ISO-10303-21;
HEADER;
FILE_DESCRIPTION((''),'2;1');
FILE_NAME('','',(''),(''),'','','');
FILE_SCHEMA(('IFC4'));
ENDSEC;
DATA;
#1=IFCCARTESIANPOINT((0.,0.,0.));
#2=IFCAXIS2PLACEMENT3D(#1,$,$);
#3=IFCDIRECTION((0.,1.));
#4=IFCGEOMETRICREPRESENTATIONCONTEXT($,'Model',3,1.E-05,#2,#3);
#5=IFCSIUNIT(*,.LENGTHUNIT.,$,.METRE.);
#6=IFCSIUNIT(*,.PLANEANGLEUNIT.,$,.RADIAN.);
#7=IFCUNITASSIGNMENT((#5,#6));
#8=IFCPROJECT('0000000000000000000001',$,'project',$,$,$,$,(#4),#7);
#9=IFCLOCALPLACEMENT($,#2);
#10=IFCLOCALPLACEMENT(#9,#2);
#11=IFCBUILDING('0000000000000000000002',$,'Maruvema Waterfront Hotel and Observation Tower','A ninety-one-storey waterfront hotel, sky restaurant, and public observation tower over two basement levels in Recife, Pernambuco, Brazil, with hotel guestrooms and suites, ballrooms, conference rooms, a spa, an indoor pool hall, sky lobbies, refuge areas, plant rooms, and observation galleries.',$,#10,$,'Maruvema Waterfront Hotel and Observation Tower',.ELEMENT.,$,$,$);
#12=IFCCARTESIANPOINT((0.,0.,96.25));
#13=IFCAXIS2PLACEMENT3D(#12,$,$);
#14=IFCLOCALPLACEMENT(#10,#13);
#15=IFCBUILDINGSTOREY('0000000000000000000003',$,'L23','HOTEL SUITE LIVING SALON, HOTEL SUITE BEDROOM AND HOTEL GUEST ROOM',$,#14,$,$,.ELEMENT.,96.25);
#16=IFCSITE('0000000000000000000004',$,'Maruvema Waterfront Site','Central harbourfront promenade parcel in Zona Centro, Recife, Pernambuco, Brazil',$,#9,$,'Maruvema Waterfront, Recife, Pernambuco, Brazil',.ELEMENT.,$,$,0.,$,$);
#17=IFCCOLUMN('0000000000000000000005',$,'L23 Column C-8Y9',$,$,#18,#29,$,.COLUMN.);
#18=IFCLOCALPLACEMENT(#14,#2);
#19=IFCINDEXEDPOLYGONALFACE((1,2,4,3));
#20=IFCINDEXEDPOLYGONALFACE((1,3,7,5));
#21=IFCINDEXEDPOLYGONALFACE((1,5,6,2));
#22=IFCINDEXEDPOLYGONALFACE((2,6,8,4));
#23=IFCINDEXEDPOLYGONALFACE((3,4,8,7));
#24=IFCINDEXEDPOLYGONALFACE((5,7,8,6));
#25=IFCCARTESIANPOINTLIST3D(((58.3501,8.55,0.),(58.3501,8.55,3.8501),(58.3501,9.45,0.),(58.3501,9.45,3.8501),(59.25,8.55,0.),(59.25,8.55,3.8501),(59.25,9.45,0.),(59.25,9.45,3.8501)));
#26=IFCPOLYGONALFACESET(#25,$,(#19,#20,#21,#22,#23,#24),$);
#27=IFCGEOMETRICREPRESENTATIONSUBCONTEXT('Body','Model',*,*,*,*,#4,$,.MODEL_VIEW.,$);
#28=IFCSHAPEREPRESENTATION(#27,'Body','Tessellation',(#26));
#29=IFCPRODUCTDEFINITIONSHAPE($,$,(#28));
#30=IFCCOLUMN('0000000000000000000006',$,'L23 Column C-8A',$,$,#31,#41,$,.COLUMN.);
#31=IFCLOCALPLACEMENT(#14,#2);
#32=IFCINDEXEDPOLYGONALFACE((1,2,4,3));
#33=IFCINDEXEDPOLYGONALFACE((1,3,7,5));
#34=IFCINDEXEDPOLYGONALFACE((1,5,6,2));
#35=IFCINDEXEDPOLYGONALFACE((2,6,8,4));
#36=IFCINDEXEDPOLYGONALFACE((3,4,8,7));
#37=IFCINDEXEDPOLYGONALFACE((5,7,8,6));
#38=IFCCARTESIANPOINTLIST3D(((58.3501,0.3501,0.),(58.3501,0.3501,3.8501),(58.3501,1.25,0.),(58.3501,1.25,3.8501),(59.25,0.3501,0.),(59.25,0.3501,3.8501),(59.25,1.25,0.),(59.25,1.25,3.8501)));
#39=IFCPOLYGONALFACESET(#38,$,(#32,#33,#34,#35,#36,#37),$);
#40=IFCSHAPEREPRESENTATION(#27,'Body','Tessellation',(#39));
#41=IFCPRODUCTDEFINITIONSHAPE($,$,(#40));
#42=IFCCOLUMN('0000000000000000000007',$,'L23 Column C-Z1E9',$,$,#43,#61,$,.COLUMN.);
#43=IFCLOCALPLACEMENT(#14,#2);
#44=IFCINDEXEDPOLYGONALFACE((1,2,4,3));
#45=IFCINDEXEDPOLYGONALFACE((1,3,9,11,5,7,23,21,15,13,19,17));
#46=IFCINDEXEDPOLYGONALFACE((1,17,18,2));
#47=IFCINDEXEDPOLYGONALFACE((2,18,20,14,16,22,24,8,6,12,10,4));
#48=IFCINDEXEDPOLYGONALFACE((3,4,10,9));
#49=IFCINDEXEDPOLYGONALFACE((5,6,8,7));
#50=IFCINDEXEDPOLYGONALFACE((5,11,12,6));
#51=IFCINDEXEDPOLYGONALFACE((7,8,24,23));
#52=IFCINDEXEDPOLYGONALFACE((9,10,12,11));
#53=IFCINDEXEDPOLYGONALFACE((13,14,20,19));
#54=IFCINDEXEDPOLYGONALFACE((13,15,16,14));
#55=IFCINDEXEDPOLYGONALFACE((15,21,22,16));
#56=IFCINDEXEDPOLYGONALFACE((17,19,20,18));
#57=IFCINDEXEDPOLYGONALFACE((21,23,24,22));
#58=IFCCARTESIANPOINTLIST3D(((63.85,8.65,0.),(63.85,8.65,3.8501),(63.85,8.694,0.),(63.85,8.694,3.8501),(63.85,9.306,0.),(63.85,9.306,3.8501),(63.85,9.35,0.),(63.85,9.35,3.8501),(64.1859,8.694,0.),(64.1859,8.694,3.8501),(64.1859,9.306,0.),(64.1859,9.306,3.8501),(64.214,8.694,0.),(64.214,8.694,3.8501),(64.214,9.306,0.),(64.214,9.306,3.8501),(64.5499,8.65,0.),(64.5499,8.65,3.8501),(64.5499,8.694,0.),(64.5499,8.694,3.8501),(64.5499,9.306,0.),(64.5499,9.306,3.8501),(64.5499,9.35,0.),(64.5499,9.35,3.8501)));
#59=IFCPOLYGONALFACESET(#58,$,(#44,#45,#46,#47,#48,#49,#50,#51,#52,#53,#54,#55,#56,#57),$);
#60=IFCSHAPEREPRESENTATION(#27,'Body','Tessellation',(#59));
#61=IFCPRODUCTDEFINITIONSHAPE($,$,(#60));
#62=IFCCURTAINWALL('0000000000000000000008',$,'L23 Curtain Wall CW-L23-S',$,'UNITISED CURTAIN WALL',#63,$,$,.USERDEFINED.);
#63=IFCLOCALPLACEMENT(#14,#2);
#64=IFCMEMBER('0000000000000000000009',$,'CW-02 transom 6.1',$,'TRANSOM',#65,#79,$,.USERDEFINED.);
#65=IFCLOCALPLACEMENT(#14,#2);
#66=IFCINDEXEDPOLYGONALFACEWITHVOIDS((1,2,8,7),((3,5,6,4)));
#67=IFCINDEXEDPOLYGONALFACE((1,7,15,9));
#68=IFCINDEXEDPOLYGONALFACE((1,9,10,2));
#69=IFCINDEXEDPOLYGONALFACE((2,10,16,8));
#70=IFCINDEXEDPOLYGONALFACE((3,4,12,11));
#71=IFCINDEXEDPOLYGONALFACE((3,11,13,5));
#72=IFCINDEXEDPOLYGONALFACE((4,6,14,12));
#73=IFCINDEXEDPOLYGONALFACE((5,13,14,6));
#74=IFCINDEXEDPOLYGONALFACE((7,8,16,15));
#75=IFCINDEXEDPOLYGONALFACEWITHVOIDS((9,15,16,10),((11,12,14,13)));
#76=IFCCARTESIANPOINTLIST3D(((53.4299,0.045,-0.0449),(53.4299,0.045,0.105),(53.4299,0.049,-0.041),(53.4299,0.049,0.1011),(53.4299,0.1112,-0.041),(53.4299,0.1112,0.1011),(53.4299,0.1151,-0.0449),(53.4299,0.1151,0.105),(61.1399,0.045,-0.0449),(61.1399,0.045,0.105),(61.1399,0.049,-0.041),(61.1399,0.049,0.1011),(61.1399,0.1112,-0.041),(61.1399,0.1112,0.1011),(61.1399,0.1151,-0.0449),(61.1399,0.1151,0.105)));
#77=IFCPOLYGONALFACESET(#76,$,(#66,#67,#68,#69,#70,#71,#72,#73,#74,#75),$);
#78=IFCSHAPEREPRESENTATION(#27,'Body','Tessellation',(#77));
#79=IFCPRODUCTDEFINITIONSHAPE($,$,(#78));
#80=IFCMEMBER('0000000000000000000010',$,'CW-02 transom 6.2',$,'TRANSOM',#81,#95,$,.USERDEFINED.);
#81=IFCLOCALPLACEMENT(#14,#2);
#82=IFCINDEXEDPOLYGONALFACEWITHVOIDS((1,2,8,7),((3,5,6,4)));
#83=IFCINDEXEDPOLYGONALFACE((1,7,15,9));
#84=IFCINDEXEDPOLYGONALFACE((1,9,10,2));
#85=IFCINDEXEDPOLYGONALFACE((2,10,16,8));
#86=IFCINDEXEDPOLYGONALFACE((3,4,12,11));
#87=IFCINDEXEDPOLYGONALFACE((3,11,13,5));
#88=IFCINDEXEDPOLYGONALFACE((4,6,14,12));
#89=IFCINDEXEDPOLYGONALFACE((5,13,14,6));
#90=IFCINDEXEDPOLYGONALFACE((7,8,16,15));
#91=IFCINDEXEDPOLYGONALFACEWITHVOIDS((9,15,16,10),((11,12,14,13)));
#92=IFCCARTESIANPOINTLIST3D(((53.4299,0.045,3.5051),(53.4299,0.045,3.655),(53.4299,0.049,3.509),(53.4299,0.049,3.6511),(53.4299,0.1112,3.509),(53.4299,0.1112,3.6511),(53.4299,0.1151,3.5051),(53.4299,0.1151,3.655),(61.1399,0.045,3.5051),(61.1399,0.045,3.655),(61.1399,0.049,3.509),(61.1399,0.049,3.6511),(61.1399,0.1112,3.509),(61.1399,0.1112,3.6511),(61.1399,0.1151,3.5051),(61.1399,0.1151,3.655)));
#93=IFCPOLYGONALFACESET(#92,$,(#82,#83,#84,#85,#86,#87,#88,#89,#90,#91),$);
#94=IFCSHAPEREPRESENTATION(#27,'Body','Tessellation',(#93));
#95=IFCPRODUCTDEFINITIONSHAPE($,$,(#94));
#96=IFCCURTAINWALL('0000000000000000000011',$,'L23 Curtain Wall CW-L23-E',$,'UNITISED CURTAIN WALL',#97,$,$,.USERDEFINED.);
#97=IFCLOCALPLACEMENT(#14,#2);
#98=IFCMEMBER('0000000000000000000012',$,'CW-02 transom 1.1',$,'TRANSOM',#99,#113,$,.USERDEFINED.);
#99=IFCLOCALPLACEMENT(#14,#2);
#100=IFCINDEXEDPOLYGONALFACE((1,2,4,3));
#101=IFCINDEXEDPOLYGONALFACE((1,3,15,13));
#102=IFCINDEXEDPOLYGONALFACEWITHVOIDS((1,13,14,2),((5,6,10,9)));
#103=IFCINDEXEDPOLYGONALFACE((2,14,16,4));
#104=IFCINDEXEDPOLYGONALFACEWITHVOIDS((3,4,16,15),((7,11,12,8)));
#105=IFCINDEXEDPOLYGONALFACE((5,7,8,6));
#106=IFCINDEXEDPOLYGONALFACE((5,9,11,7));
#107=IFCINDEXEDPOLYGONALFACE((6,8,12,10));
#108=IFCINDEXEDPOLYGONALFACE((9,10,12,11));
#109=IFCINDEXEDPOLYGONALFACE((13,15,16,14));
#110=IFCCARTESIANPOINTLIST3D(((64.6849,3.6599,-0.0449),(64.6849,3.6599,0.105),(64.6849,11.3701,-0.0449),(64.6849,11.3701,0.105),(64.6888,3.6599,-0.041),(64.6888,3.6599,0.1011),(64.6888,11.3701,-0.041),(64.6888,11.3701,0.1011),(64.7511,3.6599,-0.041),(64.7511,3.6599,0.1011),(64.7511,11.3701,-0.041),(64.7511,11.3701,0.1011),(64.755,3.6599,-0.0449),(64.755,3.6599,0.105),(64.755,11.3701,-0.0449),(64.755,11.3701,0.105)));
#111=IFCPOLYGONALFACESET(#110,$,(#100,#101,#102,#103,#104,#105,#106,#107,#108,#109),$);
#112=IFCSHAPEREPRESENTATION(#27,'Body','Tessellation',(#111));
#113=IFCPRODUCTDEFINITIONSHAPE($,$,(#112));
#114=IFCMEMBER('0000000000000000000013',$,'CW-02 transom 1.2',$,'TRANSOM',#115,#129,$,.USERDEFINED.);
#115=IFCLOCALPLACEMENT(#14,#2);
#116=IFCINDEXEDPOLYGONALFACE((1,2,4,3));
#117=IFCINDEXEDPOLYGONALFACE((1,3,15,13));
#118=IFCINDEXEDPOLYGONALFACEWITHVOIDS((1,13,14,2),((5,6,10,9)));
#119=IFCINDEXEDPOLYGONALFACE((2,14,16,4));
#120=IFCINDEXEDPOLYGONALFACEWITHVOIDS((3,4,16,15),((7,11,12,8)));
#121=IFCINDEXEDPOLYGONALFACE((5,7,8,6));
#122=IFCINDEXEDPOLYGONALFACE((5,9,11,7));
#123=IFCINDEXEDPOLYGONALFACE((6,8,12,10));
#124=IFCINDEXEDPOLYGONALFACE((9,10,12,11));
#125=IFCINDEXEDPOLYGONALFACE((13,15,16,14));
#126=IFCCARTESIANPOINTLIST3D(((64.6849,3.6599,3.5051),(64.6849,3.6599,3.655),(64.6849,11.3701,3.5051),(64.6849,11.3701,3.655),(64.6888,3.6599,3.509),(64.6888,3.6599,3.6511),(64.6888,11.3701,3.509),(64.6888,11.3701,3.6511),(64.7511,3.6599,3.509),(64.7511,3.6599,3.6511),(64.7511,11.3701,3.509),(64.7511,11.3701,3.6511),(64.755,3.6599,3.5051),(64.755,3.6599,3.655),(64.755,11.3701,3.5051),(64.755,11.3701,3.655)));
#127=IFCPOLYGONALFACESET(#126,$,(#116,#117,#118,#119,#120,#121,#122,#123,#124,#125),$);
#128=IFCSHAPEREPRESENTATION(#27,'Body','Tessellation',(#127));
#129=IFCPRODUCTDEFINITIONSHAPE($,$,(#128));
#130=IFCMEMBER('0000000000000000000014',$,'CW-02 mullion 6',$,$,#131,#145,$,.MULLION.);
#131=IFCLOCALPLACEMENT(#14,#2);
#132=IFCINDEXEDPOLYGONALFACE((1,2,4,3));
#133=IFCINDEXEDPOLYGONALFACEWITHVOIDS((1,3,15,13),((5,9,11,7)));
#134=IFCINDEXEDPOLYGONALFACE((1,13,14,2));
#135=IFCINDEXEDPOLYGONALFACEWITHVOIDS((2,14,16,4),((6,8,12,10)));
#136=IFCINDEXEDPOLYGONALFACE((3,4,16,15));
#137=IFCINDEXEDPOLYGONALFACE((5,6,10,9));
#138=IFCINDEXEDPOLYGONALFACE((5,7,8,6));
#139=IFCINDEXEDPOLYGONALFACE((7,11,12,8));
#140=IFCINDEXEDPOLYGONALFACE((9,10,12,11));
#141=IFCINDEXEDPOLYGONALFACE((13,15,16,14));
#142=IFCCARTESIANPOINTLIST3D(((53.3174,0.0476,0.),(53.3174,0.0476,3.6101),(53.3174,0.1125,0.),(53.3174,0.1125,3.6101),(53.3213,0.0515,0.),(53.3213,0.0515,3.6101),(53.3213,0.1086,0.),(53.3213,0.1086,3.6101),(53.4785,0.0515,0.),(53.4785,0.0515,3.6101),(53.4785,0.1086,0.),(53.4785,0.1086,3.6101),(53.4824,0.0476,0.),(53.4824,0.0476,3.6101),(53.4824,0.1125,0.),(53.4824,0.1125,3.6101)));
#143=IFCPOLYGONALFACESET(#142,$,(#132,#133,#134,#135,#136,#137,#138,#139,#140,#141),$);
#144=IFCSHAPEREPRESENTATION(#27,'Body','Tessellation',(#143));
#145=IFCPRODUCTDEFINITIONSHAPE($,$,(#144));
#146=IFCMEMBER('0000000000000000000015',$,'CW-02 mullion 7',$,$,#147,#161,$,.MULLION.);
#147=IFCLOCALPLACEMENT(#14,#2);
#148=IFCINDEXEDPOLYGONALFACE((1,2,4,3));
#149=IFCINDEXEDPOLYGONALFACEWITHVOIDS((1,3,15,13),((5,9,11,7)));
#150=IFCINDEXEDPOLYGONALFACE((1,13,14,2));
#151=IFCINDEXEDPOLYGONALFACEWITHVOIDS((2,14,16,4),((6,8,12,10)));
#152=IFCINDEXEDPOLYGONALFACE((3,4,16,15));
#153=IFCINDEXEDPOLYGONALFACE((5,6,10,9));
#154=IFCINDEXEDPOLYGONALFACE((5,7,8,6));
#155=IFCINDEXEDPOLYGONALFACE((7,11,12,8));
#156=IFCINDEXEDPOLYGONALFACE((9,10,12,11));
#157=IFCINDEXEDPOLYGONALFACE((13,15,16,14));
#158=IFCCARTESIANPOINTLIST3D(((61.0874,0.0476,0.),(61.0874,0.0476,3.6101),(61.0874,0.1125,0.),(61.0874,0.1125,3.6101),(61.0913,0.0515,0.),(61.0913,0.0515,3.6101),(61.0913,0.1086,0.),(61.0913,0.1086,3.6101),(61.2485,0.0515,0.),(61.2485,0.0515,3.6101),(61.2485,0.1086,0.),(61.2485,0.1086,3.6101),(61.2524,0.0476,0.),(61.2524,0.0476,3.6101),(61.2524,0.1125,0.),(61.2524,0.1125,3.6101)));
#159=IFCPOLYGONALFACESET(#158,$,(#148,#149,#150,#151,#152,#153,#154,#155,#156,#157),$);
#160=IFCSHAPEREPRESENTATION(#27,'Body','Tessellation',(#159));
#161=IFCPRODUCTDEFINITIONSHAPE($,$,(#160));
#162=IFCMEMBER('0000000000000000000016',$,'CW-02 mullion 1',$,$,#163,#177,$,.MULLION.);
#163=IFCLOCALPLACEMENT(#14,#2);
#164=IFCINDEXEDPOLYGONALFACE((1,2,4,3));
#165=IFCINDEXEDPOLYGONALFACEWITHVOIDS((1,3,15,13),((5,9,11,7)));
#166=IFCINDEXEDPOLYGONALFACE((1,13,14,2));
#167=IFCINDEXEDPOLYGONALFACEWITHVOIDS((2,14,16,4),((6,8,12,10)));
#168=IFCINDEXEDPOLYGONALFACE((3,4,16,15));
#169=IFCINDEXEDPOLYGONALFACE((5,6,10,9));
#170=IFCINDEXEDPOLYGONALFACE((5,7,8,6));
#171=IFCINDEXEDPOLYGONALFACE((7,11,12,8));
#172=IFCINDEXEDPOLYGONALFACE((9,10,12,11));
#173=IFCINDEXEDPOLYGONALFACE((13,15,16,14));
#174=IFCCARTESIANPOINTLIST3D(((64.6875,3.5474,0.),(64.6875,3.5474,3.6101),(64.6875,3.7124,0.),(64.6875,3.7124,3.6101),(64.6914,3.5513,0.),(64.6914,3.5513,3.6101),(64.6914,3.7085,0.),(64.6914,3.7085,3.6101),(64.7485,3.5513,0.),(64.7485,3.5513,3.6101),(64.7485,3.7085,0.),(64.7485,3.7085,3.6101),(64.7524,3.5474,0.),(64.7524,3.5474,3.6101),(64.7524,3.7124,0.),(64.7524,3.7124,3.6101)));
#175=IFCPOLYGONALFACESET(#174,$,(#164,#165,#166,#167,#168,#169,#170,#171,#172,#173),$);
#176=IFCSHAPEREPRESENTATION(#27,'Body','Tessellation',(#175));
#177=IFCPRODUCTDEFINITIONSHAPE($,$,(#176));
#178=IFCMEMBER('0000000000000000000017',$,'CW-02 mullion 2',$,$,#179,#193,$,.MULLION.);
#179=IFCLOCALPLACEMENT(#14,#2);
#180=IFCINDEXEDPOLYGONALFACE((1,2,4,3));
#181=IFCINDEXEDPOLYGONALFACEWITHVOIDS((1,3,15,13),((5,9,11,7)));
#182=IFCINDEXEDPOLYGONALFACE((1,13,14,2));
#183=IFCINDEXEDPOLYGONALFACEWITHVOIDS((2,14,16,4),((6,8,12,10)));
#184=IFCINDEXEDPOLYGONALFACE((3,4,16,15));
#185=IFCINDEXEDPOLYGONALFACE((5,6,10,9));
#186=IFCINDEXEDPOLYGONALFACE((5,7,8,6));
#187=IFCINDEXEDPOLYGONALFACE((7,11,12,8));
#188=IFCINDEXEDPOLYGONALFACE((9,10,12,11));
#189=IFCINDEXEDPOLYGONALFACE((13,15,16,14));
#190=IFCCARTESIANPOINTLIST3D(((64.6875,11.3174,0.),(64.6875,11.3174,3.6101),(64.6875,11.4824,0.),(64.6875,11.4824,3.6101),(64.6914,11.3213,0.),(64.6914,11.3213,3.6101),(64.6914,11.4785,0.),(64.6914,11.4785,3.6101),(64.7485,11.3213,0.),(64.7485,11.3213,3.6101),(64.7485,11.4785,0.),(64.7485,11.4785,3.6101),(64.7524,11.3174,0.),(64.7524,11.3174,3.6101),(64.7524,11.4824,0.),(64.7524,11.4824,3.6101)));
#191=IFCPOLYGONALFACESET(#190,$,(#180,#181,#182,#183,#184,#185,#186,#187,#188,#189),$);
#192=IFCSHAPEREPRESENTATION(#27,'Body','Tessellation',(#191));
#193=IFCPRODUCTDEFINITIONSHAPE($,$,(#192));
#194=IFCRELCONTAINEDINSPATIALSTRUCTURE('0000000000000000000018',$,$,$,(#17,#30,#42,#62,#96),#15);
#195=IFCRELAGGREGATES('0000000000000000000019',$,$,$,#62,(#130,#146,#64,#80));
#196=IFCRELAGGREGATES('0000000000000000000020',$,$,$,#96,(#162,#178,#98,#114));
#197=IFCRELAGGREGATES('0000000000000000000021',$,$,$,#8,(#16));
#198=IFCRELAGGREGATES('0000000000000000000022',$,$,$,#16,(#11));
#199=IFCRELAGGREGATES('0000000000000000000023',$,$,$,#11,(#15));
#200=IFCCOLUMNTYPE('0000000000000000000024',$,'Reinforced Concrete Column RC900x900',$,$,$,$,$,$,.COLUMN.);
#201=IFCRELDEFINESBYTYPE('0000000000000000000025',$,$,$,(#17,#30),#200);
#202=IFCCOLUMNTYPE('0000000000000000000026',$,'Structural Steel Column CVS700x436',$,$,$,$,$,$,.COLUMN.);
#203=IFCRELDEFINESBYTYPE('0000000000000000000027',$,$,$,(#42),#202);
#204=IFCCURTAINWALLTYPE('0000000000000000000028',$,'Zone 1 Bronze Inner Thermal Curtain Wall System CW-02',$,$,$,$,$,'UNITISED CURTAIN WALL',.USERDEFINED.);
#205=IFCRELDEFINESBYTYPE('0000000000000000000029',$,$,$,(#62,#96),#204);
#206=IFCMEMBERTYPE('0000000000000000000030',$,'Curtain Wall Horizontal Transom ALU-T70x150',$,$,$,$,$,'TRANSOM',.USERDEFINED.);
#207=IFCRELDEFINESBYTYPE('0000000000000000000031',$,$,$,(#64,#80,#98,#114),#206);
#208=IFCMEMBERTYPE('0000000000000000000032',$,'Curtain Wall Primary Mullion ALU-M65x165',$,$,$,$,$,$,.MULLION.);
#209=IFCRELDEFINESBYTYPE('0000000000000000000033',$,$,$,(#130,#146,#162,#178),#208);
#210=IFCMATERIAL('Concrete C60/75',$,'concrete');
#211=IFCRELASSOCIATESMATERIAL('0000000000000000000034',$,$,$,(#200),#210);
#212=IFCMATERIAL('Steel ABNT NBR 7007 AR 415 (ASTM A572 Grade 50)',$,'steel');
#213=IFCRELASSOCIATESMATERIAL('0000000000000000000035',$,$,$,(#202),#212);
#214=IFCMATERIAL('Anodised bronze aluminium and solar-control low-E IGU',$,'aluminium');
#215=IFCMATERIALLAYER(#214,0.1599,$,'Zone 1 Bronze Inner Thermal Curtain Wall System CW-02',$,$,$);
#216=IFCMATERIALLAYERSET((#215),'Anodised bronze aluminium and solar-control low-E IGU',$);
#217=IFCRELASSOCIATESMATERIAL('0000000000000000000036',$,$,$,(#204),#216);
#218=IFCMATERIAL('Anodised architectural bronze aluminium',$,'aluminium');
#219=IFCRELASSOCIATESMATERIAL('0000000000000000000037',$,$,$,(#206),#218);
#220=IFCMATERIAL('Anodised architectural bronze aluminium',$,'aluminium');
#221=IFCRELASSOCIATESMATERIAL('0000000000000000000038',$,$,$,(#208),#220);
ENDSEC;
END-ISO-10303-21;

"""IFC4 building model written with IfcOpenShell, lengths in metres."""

from ifc_helpers import new_model, si_unit, direction, frame, origin, origin_2d, place, context, subcontext, project, spatial, rectangle, hollow_rectangle, i_section, extrude, material, layer, layer_set, material_profile, profile_set, type_object, element, aggregate, save


model = new_model("IFC4")

# Units and contexts
model_context = context("Model", 3, precision=1e-05, world=origin(), true_north=direction((0.0, 1.0)))
body_context = subcontext(model_context, "Body", "Model", "MODEL_VIEW")
ifc_project = project(units=[si_unit("LENGTHUNIT", "METRE"), si_unit("PLANEANGLEUNIT", "RADIAN")], contexts=[model_context])

# Site, building, storey
site_placement = place(None, origin())
site = spatial("IfcSite", under=ifc_project, at=site_placement, Name="Maruvema Waterfront Site", Description="Central harbourfront promenade parcel in Zona Centro, Recife, Pernambuco, Brazil", LongName="Maruvema Waterfront, Recife, Pernambuco, Brazil", CompositionType="ELEMENT", RefElevation=0.0)
building_placement = place(site_placement, origin())
building = spatial("IfcBuilding", under=site, at=building_placement, Name="Maruvema Waterfront Hotel and Observation Tower", Description="A ninety-one-storey waterfront hotel, sky restaurant, and public observation tower over two basement levels in Recife, Pernambuco, Brazil, with hotel guestrooms and suites, ballrooms, conference rooms, a spa, an indoor pool hall, sky lobbies, refuge areas, plant rooms, and observation galleries.", LongName="Maruvema Waterfront Hotel and Observation Tower", CompositionType="ELEMENT")
storey_placement = place(building_placement, frame((0.0, 0.0, 96.25)))
storey = spatial("IfcBuildingStorey", under=building, at=storey_placement, Name="L23", Description="HOTEL SUITE LIVING SALON, HOTEL SUITE BEDROOM AND HOTEL GUEST ROOM", CompositionType="ELEMENT", Elevation=96.25)

# Columns
ifc_material_1 = material(Name="Concrete C60/75", Category="concrete")
ifc_material_profile_1 = material_profile(ifc_material_1, rectangle(XDim=0.8999, YDim=0.8999, at=origin_2d()), Name="RC900x900")
ifc_profile_set_1 = profile_set([ifc_material_profile_1], Name="Concrete C60/75")
column_type_1 = type_object("IfcColumnType", Name="Reinforced Concrete Column RC900x900", PredefinedType="COLUMN", material=ifc_profile_set_1)
for number, where, z_axis, x_axis, name in (
    (1, (58.8, 9.0, 0.0), (0.0, 0.0, 1.0), (1.0, 0.0, 0.0), "L23 Column C-8Y9"),
    (2, (58.8, 0.8, 0.0), (0.0, 0.0, 1.0), (1.0, 0.0, 0.0), "L23 Column C-8A"),
):
    element("IfcColumn", number, at=place(storey_placement, frame(where, z_axis=z_axis, x_axis=x_axis)), inside=storey, type_object=column_type_1, Name=name, PredefinedType="COLUMN", context=body_context, shape_type="SweptSolid", body=[
        extrude(rectangle(XDim=0.8999, YDim=0.8999, at=origin_2d()), origin(), (0.0, 0.0, 1.0), 3.8501),
    ])
ifc_material_2 = material(Name="Steel ABNT NBR 7007 AR 415 (ASTM A572 Grade 50)", Category="steel")
ifc_material_profile_2 = material_profile(ifc_material_2, i_section(OverallWidth=0.7, OverallDepth=0.7, WebThickness=0.0281, FlangeThickness=0.0439, at=origin_2d()), Name="CVS700x436")
ifc_profile_set_2 = profile_set([ifc_material_profile_2], Name="Steel ABNT NBR 7007 AR 415 (ASTM A572 Grade 50)")
column_type_2 = type_object("IfcColumnType", Name="Structural Steel Column CVS700x436", PredefinedType="COLUMN", material=ifc_profile_set_2)
column_placement = place(storey_placement, frame((64.2, 9.0, 0.0), z_axis=(0.0, 0.0, 1.0), x_axis=(1.0, 0.0, 0.0)))
element("IfcColumn", 3, at=column_placement, inside=storey, type_object=column_type_2, Name="L23 Column C-Z1E9", PredefinedType="COLUMN", context=body_context, shape_type="SweptSolid", body=[
    extrude(i_section(OverallWidth=0.7, OverallDepth=0.7, WebThickness=0.0281, FlangeThickness=0.0439, at=origin_2d()), origin(), (0.0, 0.0, 1.0), 3.8501),
])

# Curtain walls, members
ifc_material_3 = material(Name="Anodised bronze aluminium and solar-control low-E IGU", Category="aluminium")
ifc_layer_1 = layer(ifc_material_3, 0.1599, Name="Zone 1 Bronze Inner Thermal Curtain Wall System CW-02")
ifc_layer_set_1 = layer_set([ifc_layer_1], Name="Anodised bronze aluminium and solar-control low-E IGU")
curtain_wall_type = type_object("IfcCurtainWallType", Name="Zone 1 Bronze Inner Thermal Curtain Wall System CW-02", ElementType="UNITISED CURTAIN WALL", PredefinedType="USERDEFINED", material=ifc_layer_set_1)
curtain_wall_1_placement = place(storey_placement, origin())
curtain_wall_1 = element("IfcCurtainWall", 4, at=curtain_wall_1_placement, inside=storey, type_object=curtain_wall_type, Name="L23 Curtain Wall CW-L23-S", ObjectType="UNITISED CURTAIN WALL", PredefinedType="USERDEFINED")
ifc_material_4 = material(Name="Anodised architectural bronze aluminium", Category="aluminium")
ifc_material_profile_3 = material_profile(ifc_material_4, hollow_rectangle(XDim=0.0701, YDim=0.1499, WallThickness=0.0039, at=origin_2d()), Name="ALU-T70x150")
ifc_profile_set_3 = profile_set([ifc_material_profile_3], Name="Anodised architectural bronze aluminium")
member_type_1 = type_object("IfcMemberType", Name="Curtain Wall Horizontal Transom ALU-T70x150", ElementType="TRANSOM", PredefinedType="USERDEFINED", material=ifc_profile_set_3)
member_1_placement = place(storey_placement, frame((53.4299, 0.0801, 0.03), z_axis=(1.0, 0.0, 0.0), x_axis=(0.0, 1.0, 0.0)))
member_1 = element("IfcMember", 5, at=member_1_placement, type_object=member_type_1, Name="CW-02 transom 6.1", ObjectType="TRANSOM", PredefinedType="USERDEFINED", context=body_context, shape_type="SweptSolid", body=[
    extrude(hollow_rectangle(XDim=0.0701, YDim=0.1499, WallThickness=0.0039, at=origin_2d()), origin(), (0.0, 0.0, 1.0), 7.71),
])
member_2_placement = place(storey_placement, frame((53.4299, 0.0801, 3.5801), z_axis=(1.0, 0.0, 0.0), x_axis=(0.0, 1.0, 0.0)))
member_2 = element("IfcMember", 6, at=member_2_placement, type_object=member_type_1, Name="CW-02 transom 6.2", ObjectType="TRANSOM", PredefinedType="USERDEFINED", context=body_context, shape_type="SweptSolid", body=[
    extrude(hollow_rectangle(XDim=0.0701, YDim=0.1499, WallThickness=0.0039, at=origin_2d()), origin(), (0.0, 0.0, 1.0), 7.71),
])
curtain_wall_2_placement = place(storey_placement, origin())
curtain_wall_2 = element("IfcCurtainWall", 7, at=curtain_wall_2_placement, inside=storey, type_object=curtain_wall_type, Name="L23 Curtain Wall CW-L23-E", ObjectType="UNITISED CURTAIN WALL", PredefinedType="USERDEFINED")
member_3_placement = place(storey_placement, frame((64.72, 3.6599, 0.03), z_axis=(0.0, 1.0, 0.0), x_axis=(-1.0, 0.0, 0.0)))
member_3 = element("IfcMember", 8, at=member_3_placement, type_object=member_type_1, Name="CW-02 transom 1.1", ObjectType="TRANSOM", PredefinedType="USERDEFINED", context=body_context, shape_type="SweptSolid", body=[
    extrude(hollow_rectangle(XDim=0.0701, YDim=0.1499, WallThickness=0.0039, at=origin_2d()), origin(), (0.0, 0.0, 1.0), 7.7102),
])
member_4_placement = place(storey_placement, frame((64.72, 3.6599, 3.5801), z_axis=(0.0, 1.0, 0.0), x_axis=(-1.0, 0.0, 0.0)))
member_4 = element("IfcMember", 9, at=member_4_placement, type_object=member_type_1, Name="CW-02 transom 1.2", ObjectType="TRANSOM", PredefinedType="USERDEFINED", context=body_context, shape_type="SweptSolid", body=[
    extrude(hollow_rectangle(XDim=0.0701, YDim=0.1499, WallThickness=0.0039, at=origin_2d()), origin(), (0.0, 0.0, 1.0), 7.7102),
])

# Members
ifc_material_5 = material(Name="Anodised architectural bronze aluminium", Category="aluminium")
ifc_material_profile_4 = material_profile(ifc_material_5, hollow_rectangle(XDim=0.0649, YDim=0.165, WallThickness=0.0039, at=origin_2d()), Name="ALU-M65x165")
ifc_profile_set_4 = profile_set([ifc_material_profile_4], Name="Anodised architectural bronze aluminium")
member_type_2 = type_object("IfcMemberType", Name="Curtain Wall Primary Mullion ALU-M65x165", PredefinedType="MULLION", material=ifc_profile_set_4)
member_5_placement = place(storey_placement, frame((53.3999, 0.0801, 0.0), z_axis=(0.0, 0.0, 1.0), x_axis=(0.0, 1.0, 0.0)))
member_5 = element("IfcMember", 10, at=member_5_placement, type_object=member_type_2, Name="CW-02 mullion 6", PredefinedType="MULLION", context=body_context, shape_type="SweptSolid", body=[
    extrude(hollow_rectangle(XDim=0.0649, YDim=0.165, WallThickness=0.0039, at=origin_2d()), origin(), (0.0, 0.0, 1.0), 3.6101),
])
member_6_placement = place(storey_placement, frame((61.1699, 0.0801, 0.0), z_axis=(0.0, 0.0, 1.0), x_axis=(0.0, 1.0, 0.0)))
member_6 = element("IfcMember", 11, at=member_6_placement, type_object=member_type_2, Name="CW-02 mullion 7", PredefinedType="MULLION", context=body_context, shape_type="SweptSolid", body=[
    extrude(hollow_rectangle(XDim=0.0649, YDim=0.165, WallThickness=0.0039, at=origin_2d()), origin(), (0.0, 0.0, 1.0), 3.6101),
])
member_7_placement = place(storey_placement, frame((64.72, 3.6299, 0.0), z_axis=(0.0, 0.0, 1.0), x_axis=(-1.0, 0.0, 0.0)))
member_7 = element("IfcMember", 12, at=member_7_placement, type_object=member_type_2, Name="CW-02 mullion 1", PredefinedType="MULLION", context=body_context, shape_type="SweptSolid", body=[
    extrude(hollow_rectangle(XDim=0.0649, YDim=0.165, WallThickness=0.0039, at=origin_2d()), origin(), (0.0, 0.0, 1.0), 3.6101),
])
member_8_placement = place(storey_placement, frame((64.72, 11.3999, 0.0), z_axis=(0.0, 0.0, 1.0), x_axis=(-1.0, 0.0, 0.0)))
member_8 = element("IfcMember", 13, at=member_8_placement, type_object=member_type_2, Name="CW-02 mullion 2", PredefinedType="MULLION", context=body_context, shape_type="SweptSolid", body=[
    extrude(hollow_rectangle(XDim=0.0649, YDim=0.165, WallThickness=0.0039, at=origin_2d()), origin(), (0.0, 0.0, 1.0), 3.6101),
])

aggregate(curtain_wall_1, [member_5, member_6, member_1, member_2])
aggregate(curtain_wall_2, [member_7, member_8, member_3, member_4])

save(model, "model.ifc")
